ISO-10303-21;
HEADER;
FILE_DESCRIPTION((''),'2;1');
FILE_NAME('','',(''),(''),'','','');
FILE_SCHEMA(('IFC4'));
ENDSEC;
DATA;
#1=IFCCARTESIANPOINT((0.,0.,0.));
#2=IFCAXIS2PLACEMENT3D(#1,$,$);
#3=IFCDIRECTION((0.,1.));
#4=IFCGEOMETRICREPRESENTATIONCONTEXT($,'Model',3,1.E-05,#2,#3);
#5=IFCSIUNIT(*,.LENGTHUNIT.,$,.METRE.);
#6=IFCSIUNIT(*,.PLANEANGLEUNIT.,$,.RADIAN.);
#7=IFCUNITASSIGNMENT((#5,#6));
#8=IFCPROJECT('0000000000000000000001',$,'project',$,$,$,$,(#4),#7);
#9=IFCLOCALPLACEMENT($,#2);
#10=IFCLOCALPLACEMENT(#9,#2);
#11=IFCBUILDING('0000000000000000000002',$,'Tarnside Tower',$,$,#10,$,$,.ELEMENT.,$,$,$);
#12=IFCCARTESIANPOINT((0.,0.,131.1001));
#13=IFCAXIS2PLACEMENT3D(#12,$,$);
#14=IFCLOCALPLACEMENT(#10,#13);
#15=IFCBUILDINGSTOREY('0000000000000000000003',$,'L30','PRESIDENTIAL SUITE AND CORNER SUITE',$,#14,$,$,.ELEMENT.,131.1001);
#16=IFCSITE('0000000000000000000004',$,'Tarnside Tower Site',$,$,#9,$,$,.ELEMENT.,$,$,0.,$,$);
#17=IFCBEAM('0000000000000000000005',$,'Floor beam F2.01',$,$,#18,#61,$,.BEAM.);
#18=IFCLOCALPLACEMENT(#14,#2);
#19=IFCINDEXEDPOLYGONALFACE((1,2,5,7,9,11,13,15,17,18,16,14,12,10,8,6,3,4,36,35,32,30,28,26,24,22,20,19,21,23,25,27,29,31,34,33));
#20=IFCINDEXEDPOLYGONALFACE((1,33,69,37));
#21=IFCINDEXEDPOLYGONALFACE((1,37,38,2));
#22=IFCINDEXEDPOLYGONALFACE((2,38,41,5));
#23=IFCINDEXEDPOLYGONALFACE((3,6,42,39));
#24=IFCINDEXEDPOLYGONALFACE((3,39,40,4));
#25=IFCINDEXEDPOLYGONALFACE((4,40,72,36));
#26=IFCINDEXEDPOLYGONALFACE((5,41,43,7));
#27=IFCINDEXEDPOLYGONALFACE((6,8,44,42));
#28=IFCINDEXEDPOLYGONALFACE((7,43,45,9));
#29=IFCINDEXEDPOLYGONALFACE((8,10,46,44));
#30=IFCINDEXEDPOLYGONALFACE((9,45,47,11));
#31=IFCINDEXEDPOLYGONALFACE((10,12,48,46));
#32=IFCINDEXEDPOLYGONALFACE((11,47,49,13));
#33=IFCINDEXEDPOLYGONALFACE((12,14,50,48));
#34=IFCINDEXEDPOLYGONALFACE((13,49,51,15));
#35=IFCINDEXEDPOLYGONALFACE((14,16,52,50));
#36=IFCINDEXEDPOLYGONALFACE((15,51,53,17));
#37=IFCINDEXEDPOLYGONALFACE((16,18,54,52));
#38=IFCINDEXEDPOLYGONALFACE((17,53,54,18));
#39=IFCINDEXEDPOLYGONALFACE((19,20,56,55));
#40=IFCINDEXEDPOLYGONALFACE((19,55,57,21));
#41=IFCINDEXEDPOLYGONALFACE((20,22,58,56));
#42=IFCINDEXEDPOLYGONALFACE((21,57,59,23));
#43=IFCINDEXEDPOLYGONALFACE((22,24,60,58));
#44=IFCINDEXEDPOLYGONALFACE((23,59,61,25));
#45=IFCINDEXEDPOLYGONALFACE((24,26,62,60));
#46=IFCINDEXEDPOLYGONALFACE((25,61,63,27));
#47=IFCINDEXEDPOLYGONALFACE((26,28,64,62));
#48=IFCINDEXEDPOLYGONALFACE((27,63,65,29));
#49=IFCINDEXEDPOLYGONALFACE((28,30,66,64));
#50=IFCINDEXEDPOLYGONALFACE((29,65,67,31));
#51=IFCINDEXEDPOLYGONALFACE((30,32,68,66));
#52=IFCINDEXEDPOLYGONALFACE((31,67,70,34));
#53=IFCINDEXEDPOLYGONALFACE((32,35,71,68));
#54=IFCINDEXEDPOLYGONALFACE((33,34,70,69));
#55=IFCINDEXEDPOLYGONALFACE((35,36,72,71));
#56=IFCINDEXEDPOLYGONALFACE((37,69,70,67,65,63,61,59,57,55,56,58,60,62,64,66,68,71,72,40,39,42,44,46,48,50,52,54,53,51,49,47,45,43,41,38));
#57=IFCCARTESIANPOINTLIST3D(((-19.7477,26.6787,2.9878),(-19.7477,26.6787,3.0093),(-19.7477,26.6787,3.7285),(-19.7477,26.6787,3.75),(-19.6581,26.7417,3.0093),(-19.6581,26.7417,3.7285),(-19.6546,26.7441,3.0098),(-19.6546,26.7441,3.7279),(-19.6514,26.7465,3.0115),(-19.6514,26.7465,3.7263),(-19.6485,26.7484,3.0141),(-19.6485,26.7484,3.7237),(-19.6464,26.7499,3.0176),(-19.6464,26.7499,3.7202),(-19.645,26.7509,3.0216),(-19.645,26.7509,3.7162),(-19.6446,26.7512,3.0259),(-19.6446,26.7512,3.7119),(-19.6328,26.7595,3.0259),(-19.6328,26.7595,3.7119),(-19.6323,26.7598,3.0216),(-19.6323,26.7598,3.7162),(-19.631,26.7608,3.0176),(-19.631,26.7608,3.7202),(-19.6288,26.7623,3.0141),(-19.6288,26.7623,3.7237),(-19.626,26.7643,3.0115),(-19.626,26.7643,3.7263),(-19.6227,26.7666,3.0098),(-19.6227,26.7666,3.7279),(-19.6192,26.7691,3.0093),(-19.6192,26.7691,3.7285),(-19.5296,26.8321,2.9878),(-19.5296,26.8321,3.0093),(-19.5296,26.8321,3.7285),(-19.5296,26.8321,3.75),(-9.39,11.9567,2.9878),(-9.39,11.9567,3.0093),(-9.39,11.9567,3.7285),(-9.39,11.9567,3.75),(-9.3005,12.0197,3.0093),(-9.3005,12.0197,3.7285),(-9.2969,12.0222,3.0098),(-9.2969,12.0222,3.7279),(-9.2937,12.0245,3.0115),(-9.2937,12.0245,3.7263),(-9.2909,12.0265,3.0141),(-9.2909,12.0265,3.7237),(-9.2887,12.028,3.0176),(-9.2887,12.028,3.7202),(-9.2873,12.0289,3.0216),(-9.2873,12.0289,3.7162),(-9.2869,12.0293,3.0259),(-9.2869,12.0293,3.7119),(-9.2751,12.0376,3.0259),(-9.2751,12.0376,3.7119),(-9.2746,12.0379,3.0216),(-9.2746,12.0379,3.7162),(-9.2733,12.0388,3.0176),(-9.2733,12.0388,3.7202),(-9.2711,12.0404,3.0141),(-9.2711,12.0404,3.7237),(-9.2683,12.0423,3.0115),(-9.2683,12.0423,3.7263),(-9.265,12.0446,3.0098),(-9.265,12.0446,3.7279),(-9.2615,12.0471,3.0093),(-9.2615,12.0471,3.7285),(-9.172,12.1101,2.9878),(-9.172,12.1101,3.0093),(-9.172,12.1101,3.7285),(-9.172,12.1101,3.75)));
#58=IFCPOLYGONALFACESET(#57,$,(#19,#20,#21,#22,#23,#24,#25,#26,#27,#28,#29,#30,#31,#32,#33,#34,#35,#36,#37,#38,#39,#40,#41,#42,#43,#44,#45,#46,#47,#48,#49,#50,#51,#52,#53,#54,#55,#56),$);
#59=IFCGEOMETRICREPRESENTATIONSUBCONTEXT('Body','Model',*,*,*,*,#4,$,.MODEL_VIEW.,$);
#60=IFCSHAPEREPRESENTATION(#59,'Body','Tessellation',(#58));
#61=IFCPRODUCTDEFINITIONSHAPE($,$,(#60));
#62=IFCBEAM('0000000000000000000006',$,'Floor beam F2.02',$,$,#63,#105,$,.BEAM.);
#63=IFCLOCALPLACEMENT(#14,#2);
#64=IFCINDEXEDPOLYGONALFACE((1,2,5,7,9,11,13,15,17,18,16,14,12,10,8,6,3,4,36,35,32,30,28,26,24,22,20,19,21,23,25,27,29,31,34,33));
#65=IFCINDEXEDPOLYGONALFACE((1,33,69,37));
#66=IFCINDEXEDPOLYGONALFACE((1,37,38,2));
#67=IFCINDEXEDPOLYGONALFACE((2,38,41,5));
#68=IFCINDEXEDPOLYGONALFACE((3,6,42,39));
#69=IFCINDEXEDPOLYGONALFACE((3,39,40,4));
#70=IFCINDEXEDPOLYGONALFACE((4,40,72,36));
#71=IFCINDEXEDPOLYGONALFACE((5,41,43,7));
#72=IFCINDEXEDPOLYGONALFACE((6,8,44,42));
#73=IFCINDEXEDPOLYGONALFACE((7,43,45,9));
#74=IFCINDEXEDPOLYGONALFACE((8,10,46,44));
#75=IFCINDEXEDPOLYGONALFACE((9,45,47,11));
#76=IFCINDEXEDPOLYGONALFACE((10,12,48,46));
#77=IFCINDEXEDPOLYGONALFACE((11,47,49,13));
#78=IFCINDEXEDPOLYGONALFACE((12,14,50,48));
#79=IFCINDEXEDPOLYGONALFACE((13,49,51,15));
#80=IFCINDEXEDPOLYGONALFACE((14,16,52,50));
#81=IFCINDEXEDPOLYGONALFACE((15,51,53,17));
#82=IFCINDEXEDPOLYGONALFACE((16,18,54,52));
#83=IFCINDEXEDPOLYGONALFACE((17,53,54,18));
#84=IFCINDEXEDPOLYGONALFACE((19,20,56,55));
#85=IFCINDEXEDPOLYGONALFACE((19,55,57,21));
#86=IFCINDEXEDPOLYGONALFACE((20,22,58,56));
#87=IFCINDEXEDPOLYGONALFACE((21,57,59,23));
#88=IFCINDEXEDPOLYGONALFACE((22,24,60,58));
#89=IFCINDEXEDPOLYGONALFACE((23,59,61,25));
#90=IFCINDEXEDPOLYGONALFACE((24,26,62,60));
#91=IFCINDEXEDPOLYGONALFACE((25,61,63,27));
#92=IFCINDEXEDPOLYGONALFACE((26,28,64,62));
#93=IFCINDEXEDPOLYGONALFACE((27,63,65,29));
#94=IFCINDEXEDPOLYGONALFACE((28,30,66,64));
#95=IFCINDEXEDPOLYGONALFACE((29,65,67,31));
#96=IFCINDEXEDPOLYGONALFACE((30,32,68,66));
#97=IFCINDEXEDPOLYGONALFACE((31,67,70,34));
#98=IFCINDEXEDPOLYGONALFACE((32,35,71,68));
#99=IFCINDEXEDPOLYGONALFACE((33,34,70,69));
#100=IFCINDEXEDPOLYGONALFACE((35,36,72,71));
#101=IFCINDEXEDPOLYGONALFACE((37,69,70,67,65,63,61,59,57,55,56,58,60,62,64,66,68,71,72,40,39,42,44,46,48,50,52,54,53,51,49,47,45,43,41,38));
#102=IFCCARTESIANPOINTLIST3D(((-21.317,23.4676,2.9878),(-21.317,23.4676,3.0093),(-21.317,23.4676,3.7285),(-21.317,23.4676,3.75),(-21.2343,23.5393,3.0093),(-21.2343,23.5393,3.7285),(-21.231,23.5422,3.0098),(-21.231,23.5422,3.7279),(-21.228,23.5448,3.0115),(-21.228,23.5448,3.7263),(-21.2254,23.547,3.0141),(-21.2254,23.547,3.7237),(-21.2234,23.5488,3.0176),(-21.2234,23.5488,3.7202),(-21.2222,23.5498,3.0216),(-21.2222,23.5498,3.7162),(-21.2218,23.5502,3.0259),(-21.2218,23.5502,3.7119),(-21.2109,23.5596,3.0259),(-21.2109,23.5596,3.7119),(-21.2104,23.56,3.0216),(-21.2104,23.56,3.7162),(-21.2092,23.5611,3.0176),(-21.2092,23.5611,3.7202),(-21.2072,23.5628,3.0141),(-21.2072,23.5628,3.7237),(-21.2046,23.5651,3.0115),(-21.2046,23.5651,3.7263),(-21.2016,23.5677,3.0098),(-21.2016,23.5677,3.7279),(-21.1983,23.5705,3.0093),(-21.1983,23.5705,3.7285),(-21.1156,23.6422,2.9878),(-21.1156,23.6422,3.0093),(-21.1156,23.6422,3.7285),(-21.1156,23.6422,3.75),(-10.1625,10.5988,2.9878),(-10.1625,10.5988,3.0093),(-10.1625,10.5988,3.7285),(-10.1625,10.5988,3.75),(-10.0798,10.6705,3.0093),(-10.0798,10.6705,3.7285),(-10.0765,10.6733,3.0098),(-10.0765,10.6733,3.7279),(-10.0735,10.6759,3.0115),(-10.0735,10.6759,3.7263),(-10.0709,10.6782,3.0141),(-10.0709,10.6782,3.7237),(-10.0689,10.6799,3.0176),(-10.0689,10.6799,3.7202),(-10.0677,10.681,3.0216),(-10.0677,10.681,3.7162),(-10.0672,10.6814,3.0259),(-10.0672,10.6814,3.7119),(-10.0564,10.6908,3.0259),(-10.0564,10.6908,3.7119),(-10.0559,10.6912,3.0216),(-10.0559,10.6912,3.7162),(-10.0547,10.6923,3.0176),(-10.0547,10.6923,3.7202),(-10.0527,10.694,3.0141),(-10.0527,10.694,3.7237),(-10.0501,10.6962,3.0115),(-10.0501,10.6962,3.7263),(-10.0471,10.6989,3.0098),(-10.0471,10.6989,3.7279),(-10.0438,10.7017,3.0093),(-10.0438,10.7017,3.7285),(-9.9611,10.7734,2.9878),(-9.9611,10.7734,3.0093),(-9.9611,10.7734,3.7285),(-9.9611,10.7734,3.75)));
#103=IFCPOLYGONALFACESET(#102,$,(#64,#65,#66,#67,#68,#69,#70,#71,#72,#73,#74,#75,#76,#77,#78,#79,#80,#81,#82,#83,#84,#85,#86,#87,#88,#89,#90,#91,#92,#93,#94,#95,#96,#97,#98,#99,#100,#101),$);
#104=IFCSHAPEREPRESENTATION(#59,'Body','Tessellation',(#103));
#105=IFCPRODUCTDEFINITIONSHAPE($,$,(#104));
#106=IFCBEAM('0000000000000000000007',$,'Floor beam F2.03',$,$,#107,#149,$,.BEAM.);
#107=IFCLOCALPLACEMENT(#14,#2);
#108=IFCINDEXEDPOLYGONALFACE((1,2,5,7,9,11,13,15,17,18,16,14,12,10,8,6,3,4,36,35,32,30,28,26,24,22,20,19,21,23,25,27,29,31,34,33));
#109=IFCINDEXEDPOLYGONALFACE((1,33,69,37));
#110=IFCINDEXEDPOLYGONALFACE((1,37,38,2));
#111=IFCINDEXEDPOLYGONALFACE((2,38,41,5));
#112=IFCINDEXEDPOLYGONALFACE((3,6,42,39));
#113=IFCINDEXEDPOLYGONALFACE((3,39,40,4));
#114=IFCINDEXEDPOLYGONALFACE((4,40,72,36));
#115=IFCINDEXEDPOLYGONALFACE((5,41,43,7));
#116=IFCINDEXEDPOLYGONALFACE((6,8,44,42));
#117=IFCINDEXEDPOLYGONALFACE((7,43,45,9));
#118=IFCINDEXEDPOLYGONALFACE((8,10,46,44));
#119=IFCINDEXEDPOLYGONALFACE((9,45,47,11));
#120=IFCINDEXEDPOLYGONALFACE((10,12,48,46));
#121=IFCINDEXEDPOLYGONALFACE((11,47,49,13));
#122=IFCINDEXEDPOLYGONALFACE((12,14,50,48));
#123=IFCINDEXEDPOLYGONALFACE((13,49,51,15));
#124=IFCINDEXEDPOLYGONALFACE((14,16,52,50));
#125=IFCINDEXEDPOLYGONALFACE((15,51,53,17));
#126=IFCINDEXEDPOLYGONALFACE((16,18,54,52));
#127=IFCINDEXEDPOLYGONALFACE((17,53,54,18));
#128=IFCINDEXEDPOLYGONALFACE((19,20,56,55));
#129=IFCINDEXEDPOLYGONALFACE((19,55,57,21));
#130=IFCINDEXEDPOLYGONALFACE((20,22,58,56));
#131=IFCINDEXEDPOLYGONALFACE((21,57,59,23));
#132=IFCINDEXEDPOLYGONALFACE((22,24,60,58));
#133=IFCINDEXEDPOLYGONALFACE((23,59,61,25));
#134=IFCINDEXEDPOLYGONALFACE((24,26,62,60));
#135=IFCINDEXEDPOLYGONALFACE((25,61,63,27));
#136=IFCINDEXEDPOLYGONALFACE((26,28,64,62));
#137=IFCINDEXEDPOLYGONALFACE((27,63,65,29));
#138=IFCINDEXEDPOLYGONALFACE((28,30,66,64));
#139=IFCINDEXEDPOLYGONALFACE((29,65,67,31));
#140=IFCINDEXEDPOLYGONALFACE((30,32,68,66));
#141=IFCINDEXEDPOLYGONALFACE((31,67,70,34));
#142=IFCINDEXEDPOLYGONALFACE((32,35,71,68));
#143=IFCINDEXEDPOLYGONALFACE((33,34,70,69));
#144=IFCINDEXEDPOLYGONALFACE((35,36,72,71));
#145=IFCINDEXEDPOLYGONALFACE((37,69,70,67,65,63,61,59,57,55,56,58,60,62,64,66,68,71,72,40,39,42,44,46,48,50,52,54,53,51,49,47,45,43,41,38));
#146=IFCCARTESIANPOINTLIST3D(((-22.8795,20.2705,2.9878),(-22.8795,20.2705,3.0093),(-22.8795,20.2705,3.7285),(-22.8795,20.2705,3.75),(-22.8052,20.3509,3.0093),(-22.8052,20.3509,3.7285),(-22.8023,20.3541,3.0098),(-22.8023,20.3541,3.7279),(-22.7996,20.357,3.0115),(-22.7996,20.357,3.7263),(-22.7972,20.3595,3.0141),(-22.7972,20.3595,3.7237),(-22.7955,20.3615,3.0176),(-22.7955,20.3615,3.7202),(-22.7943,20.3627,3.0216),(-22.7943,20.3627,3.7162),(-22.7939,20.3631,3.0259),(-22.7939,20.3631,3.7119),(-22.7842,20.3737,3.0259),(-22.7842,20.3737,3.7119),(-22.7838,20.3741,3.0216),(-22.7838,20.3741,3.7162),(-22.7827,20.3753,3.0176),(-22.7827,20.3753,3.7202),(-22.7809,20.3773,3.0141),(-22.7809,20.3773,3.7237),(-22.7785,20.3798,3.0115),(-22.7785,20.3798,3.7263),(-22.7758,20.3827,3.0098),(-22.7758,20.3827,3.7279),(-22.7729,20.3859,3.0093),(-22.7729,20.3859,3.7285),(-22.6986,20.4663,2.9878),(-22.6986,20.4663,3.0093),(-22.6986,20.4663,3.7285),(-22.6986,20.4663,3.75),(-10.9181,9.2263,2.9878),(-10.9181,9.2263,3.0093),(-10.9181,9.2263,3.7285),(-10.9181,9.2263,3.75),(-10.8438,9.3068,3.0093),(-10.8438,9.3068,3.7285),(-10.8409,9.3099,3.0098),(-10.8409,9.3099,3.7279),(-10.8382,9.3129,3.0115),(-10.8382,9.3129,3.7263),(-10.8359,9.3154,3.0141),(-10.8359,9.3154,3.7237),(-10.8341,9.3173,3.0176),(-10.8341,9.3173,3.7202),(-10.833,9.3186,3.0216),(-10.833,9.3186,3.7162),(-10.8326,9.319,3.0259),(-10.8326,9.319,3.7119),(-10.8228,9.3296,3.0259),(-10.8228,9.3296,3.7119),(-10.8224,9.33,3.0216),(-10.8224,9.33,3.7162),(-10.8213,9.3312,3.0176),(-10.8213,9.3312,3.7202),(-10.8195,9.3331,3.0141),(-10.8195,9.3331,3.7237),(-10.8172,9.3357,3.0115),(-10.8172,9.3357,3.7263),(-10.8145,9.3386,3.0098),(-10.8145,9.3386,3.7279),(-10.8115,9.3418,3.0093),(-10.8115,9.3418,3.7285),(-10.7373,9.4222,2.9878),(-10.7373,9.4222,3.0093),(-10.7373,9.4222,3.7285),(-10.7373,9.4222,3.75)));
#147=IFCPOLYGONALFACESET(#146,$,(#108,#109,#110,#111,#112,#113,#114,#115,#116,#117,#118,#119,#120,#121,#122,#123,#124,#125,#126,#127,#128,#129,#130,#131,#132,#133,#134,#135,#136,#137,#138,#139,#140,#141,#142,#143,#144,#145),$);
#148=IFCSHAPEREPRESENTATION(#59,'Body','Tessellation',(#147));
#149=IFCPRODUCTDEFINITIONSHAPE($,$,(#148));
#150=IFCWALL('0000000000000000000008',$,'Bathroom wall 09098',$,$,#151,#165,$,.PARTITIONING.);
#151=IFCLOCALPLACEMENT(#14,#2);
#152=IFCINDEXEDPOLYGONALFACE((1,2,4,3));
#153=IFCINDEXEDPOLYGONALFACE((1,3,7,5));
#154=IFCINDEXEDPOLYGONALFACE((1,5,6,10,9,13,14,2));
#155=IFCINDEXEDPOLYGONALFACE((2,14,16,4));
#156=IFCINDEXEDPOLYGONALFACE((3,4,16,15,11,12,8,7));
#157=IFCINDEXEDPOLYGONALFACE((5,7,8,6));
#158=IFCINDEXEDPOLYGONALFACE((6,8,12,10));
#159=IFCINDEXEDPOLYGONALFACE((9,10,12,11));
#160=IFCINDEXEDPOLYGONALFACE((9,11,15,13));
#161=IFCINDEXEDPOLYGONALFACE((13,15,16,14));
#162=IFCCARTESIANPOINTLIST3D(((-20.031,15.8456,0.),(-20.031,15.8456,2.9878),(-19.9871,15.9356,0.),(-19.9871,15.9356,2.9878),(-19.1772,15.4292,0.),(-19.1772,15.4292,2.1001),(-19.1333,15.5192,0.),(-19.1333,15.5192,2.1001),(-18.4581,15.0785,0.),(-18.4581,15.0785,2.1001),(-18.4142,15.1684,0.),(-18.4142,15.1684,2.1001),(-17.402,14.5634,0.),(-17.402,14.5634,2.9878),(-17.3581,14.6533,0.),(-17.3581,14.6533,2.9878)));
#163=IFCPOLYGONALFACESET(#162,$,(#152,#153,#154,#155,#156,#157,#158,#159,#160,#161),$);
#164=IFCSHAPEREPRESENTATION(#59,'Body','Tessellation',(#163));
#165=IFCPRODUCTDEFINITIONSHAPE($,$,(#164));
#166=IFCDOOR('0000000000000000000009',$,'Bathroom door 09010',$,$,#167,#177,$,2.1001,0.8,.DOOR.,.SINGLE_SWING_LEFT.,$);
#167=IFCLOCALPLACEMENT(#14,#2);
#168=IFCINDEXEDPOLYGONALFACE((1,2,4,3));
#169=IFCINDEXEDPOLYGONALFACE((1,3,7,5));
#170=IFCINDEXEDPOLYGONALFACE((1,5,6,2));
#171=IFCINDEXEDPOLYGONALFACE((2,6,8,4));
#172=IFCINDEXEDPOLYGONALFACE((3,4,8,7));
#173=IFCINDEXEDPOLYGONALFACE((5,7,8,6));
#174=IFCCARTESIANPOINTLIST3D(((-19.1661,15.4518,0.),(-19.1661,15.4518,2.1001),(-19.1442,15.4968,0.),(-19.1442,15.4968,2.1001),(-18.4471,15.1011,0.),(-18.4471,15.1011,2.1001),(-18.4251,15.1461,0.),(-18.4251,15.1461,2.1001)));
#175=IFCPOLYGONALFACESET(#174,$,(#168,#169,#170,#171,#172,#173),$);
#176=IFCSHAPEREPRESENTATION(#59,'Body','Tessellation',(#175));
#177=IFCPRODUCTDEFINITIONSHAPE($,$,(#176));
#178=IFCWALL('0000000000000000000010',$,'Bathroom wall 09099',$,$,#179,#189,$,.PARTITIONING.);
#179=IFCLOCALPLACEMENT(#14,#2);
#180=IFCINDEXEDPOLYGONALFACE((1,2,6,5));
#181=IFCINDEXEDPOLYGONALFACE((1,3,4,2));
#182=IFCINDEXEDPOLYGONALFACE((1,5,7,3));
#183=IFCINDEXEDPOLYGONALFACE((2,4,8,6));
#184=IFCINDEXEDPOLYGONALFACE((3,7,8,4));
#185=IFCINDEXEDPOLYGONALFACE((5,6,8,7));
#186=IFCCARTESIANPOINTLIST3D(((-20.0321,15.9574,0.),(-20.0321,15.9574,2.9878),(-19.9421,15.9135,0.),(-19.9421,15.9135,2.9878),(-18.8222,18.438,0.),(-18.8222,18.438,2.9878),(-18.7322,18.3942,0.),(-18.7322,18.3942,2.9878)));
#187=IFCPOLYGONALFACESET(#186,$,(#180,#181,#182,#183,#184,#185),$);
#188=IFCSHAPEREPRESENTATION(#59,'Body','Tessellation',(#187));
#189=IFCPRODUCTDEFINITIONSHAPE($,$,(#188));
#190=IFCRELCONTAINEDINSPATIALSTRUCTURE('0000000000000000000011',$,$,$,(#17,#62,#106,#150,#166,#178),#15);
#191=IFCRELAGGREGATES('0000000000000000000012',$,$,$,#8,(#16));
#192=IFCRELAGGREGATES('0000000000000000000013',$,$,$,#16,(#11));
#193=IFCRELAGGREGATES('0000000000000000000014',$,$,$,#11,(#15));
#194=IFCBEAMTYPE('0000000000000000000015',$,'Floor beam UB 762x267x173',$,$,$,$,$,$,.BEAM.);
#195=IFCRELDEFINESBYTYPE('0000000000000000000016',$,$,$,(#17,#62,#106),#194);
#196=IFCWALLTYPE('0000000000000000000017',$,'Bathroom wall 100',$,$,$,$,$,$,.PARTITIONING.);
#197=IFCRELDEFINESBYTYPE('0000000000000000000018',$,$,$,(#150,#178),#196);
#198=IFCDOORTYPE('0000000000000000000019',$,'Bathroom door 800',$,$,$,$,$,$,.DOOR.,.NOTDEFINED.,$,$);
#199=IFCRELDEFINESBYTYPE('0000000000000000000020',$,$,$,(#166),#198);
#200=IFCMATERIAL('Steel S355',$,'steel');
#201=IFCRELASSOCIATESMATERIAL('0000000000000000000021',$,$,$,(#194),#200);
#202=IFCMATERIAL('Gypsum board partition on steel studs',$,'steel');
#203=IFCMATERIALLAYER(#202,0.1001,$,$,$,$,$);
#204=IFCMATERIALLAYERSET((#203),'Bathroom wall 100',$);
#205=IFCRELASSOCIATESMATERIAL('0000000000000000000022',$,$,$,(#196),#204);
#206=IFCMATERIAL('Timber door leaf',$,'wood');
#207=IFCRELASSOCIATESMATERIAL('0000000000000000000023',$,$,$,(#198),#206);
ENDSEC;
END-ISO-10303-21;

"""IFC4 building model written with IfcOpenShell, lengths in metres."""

from ifc_helpers import new_model, si_unit, direction, frame, frame_2d, origin, origin_2d, place, context, subcontext, project, spatial, rectangle, i_section, extrude, material, layer, layer_set, material_profile, profile_set, type_object, element, fill, save


model = new_model("IFC4")

# Units and contexts
model_context = context("Model", 3, precision=1e-05, world=origin(), true_north=direction((0.0, 1.0)))
body_context = subcontext(model_context, "Body", "Model", "MODEL_VIEW")
ifc_project = project(units=[si_unit("LENGTHUNIT", "METRE"), si_unit("PLANEANGLEUNIT", "RADIAN")], contexts=[model_context])

# Site, building, storey
site_placement = place(None, origin())
site = spatial("IfcSite", under=ifc_project, at=site_placement, Name="Tarnside Tower Site", CompositionType="ELEMENT", RefElevation=0.0)
building_placement = place(site_placement, origin())
building = spatial("IfcBuilding", under=site, at=building_placement, Name="Tarnside Tower", CompositionType="ELEMENT")
storey_placement = place(building_placement, frame((0.0, 0.0, 131.1001)))
storey = spatial("IfcBuildingStorey", under=building, at=storey_placement, Name="L30", Description="PRESIDENTIAL SUITE AND CORNER SUITE", CompositionType="ELEMENT", Elevation=131.1001)

# Beams
ifc_material_1 = material(Name="Steel S355", Category="steel")
ifc_material_profile_1 = material_profile(ifc_material_1, i_section(OverallWidth=0.2666, OverallDepth=0.7622, WebThickness=0.0144, FlangeThickness=0.0215, FilletRadius=0.0166, at=origin_2d()), Name="UB 762x267x173")
ifc_profile_set_1 = profile_set([ifc_material_profile_1], Name="Steel S355")
beam_type_1 = type_object("IfcBeamType", Name="Floor beam UB 762x267x173", PredefinedType="BEAM", material=ifc_profile_set_1)
beam_1_placement = place(storey_placement, frame((-19.6387, 26.7554, 3.3689), z_axis=(0.575411, -0.817864, 0.0), x_axis=(0.817864, 0.575411, 0.0)))
element("IfcBeam", 1, at=beam_1_placement, inside=storey, type_object=beam_type_1, Name="Floor beam F2.01", PredefinedType="BEAM", context=body_context, shape_type="SweptSolid", body=[
    extrude(i_section(OverallWidth=0.2666, OverallDepth=0.7622, WebThickness=0.0144, FlangeThickness=0.0215, FilletRadius=0.0166, at=origin_2d()), origin(), (0.0, 0.0, 1.0), 18.0005),
])
beam_2_placement = place(storey_placement, frame((-21.2163, 23.5549, 3.3689), z_axis=(0.654981, -0.755646, 0.0), x_axis=(0.755646, 0.654981, 0.0)))
element("IfcBeam", 2, at=beam_2_placement, inside=storey, type_object=beam_type_1, Name="Floor beam F2.02", PredefinedType="BEAM", context=body_context, shape_type="SweptSolid", body=[
    extrude(i_section(OverallWidth=0.2666, OverallDepth=0.7622, WebThickness=0.0144, FlangeThickness=0.0215, FilletRadius=0.0166, at=origin_2d()), origin(), (0.0, 0.0, 1.0), 17.0303),
])
beam_3_placement = place(storey_placement, frame((-22.7891, 20.3684, 3.3689), z_axis=(0.734715, -0.678375, 0.0), x_axis=(0.678375, 0.734715, 0.0)))
element("IfcBeam", 3, at=beam_3_placement, inside=storey, type_object=beam_type_1, Name="Floor beam F2.03", PredefinedType="BEAM", context=body_context, shape_type="SweptSolid", body=[
    extrude(i_section(OverallWidth=0.2666, OverallDepth=0.7622, WebThickness=0.0144, FlangeThickness=0.0215, FilletRadius=0.0166, at=origin_2d()), origin(), (0.0, 0.0, 1.0), 16.2803),
])

# Wall, opening, door
ifc_material_2 = material(Name="Gypsum board partition on steel studs", Category="steel")
ifc_layer_1 = layer(ifc_material_2, 0.1001)
ifc_layer_set_1 = layer_set([ifc_layer_1], Name="Bathroom wall 100")
wall_type_1 = type_object("IfcWallType", Name="Bathroom wall 100", PredefinedType="PARTITIONING", material=ifc_layer_set_1)
wall_1_placement = place(storey_placement, frame((-17.3801, 14.6084, 0.0), z_axis=(0.0, 0.0, 1.0), x_axis=(-0.898791, 0.438378, 0.0)))
wall_1 = element("IfcWall", 4, at=wall_1_placement, inside=storey, type_object=wall_type_1, Name="Bathroom wall 09098", PredefinedType="PARTITIONING", context=body_context, shape_type="SweptSolid", body=[
    extrude(rectangle(XDim=2.925, YDim=0.1001, at=frame_2d((1.4624, 0.0))), origin(), (0.0, 0.0, 1.0), 2.9878),
])
opening_1_placement = place(wall_1_placement, frame((1.175, 0.0, 0.0)))
opening_1 = element("IfcOpeningElement", 5, at=opening_1_placement, cuts=wall_1, PredefinedType="OPENING", context=body_context, shape_type="SweptSolid", body=[
    extrude(rectangle(XDim=0.8, YDim=2.1001, at=frame_2d((0.3999, 1.05))), frame((0.0, 0.0601, 0.0), z_axis=(0.0, -1.0, 0.0), x_axis=(1.0, 0.0, 0.0)), (0.0, 0.0, 1.0), 0.1201),
])
ifc_material_3 = material(Name="Timber door leaf", Category="wood")
door_type_1 = type_object("IfcDoorType", Name="Bathroom door 800", OperationType="NOTDEFINED", PredefinedType="DOOR", material=ifc_material_3)
door_1_placement = place(opening_1_placement, origin())
door_1 = element("IfcDoor", 6, at=door_1_placement, inside=storey, type_object=door_type_1, Name="Bathroom door 09010", OperationType="SINGLE_SWING_LEFT", OverallHeight=2.1001, OverallWidth=0.8, PredefinedType="DOOR", context=body_context, shape_type="SweptSolid", body=[
    extrude(rectangle(XDim=0.8, YDim=2.1001, at=frame_2d((0.3999, 1.05))), frame((0.0, 0.0249, 0.0), z_axis=(0.0, -1.0, 0.0), x_axis=(1.0, 0.0, 0.0)), (0.0, 0.0, 1.0), 0.05),
])
fill(opening_1, door_1)

# Wall
wall_2_placement = place(storey_placement, frame((-19.9871, 15.9355, 0.0), z_axis=(0.0, 0.0, 1.0), x_axis=(0.438382, 0.898789, 0.0)))
element("IfcWall", 7, at=wall_2_placement, inside=storey, type_object=wall_type_1, Name="Bathroom wall 09099", PredefinedType="PARTITIONING", context=body_context, shape_type="SweptSolid", body=[
    extrude(rectangle(XDim=2.76, YDim=0.1001, at=frame_2d((1.3799, 0.0))), origin(), (0.0, 0.0, 1.0), 2.9878),
])

save(model, "model.ifc")
